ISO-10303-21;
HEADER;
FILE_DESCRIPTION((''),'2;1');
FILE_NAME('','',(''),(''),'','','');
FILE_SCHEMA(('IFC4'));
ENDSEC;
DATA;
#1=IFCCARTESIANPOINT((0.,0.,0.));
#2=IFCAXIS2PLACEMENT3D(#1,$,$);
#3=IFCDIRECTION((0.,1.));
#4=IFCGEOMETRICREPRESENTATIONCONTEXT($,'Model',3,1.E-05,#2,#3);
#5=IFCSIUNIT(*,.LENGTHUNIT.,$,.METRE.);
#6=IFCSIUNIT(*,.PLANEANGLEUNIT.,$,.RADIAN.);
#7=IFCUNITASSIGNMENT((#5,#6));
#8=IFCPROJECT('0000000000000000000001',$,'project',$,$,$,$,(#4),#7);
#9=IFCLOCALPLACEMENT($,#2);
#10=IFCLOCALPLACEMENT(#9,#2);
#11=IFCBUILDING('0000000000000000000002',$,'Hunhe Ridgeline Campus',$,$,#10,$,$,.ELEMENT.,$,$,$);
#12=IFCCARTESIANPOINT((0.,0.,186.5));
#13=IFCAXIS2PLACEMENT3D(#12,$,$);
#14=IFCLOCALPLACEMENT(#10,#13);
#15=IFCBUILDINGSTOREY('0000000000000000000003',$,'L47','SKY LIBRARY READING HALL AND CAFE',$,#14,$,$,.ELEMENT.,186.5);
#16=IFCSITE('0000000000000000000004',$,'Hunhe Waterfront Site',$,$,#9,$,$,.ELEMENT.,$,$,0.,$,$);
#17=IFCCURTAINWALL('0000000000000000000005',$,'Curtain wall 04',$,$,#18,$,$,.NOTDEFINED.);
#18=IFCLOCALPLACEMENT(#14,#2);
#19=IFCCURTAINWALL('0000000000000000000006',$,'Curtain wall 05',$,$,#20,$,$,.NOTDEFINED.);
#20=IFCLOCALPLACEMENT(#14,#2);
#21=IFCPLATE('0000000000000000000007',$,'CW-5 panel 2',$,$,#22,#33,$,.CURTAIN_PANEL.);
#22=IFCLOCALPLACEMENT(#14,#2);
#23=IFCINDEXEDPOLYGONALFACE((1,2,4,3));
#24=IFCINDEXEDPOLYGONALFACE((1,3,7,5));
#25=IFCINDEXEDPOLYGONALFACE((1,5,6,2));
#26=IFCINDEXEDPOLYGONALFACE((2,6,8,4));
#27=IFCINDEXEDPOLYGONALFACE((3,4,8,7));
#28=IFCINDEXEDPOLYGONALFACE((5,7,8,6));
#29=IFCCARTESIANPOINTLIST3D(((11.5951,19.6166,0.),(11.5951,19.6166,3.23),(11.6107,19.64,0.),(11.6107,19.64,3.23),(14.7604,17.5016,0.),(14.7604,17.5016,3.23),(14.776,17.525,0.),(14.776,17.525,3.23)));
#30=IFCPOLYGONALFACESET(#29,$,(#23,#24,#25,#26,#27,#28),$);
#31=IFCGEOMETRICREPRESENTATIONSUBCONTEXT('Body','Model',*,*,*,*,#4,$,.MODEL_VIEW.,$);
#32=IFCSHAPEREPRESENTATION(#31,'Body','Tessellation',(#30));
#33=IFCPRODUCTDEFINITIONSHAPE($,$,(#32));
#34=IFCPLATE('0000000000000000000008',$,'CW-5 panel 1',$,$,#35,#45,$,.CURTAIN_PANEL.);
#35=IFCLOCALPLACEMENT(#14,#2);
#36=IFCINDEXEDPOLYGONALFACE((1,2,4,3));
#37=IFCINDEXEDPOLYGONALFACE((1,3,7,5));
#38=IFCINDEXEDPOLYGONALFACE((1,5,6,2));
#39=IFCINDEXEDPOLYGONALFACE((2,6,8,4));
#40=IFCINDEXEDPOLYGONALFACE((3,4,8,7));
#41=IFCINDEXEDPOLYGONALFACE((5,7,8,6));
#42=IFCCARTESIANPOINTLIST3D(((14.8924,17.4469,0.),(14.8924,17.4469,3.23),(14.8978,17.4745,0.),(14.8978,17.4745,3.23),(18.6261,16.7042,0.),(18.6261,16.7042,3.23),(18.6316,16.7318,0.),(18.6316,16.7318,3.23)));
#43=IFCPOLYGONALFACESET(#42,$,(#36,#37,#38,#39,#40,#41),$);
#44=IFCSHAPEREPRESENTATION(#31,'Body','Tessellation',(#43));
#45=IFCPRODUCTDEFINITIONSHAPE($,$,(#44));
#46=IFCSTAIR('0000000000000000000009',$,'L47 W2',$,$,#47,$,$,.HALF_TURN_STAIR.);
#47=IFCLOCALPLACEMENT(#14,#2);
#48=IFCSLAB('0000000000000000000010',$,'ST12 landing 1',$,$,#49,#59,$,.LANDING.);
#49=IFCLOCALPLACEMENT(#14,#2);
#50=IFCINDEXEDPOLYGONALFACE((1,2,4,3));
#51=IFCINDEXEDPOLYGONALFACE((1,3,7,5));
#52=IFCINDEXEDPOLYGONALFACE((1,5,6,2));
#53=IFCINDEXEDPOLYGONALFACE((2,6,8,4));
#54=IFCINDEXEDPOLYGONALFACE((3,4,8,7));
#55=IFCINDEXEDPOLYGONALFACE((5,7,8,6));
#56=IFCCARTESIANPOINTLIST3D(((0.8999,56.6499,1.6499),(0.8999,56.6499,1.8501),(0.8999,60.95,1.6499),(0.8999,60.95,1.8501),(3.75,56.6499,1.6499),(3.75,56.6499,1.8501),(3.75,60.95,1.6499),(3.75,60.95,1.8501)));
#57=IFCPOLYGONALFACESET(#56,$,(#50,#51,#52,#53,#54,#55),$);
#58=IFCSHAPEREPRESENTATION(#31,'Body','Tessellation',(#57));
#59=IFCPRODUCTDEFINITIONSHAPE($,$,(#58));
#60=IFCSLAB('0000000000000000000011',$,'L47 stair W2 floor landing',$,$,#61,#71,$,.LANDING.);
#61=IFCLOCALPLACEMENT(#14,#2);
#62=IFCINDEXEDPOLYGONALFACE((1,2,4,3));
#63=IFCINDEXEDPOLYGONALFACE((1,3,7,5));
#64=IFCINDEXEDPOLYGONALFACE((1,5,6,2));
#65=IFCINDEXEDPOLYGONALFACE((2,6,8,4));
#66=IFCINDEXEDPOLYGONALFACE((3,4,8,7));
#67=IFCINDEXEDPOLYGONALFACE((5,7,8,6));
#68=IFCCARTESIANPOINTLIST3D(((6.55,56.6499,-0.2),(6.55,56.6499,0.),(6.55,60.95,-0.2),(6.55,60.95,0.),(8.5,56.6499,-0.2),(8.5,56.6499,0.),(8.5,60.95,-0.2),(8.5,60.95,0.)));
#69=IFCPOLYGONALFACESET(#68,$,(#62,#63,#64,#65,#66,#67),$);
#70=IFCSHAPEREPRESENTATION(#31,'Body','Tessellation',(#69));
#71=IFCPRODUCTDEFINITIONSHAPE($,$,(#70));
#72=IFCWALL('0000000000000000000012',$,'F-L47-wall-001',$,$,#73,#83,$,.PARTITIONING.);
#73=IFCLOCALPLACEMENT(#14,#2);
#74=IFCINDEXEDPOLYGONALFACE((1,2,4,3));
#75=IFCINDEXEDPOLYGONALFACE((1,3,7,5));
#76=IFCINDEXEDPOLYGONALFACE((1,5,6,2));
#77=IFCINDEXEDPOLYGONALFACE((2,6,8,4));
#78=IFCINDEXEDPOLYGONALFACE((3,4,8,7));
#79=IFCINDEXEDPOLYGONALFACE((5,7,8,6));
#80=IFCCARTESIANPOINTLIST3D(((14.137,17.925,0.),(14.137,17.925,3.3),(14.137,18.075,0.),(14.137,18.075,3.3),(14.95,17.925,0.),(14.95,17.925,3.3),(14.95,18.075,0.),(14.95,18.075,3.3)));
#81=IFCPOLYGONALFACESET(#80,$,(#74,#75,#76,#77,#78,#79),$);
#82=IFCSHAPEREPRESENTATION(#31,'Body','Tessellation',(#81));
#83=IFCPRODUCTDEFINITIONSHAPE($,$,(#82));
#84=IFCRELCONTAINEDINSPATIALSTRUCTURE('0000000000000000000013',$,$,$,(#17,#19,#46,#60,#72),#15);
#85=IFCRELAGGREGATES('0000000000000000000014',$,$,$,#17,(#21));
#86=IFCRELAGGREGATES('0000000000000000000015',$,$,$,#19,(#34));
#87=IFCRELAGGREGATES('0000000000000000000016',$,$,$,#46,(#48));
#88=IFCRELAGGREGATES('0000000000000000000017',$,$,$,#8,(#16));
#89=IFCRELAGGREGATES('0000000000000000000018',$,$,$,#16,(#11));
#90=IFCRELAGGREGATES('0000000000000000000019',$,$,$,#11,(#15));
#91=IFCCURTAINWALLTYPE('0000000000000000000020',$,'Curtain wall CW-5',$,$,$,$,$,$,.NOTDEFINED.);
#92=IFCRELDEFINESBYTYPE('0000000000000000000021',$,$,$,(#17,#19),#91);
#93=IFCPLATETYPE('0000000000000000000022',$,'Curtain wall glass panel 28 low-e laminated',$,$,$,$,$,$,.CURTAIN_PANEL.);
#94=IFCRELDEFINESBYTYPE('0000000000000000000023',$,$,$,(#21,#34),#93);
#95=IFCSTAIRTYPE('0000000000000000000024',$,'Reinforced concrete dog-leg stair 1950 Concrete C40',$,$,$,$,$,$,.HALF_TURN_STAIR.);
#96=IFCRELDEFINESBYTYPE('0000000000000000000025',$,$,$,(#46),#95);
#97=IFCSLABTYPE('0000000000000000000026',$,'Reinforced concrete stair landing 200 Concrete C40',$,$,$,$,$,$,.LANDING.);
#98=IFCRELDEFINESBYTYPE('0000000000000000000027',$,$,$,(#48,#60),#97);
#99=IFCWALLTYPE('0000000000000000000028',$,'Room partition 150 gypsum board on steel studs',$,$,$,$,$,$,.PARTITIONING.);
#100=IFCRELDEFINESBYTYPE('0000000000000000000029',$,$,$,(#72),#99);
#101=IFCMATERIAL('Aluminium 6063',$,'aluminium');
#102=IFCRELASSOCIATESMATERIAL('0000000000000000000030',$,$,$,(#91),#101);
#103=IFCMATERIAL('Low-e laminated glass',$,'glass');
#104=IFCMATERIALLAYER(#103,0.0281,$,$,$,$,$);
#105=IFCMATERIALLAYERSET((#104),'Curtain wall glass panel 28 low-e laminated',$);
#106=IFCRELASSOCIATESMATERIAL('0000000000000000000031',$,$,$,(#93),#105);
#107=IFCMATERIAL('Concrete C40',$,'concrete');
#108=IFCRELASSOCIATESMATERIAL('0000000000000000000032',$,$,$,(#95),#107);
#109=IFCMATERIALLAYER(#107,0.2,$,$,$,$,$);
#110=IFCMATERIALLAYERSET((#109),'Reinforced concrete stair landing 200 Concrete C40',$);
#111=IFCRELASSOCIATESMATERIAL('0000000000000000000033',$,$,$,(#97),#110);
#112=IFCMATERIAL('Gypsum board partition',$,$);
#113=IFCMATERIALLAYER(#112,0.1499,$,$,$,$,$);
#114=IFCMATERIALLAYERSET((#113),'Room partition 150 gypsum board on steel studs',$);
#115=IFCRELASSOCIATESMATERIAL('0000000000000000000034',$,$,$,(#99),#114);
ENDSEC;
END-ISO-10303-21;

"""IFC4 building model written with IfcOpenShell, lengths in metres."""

from ifc_helpers import new_model, si_unit, direction, frame, frame_2d, origin, origin_2d, place, context, subcontext, project, spatial, polyline, rectangle, outline, extrude, material, layer, layer_set, type_object, element, aggregate, save


model = new_model("IFC4")

# Units and contexts
model_context = context("Model", 3, precision=1e-05, world=origin(), true_north=direction((0.0, 1.0)))
body_context = subcontext(model_context, "Body", "Model", "MODEL_VIEW")
ifc_project = project(units=[si_unit("LENGTHUNIT", "METRE"), si_unit("PLANEANGLEUNIT", "RADIAN")], contexts=[model_context])

# Site, building, storey
site_placement = place(None, origin())
site = spatial("IfcSite", under=ifc_project, at=site_placement, Name="Hunhe Waterfront Site", CompositionType="ELEMENT", RefElevation=0.0)
building_placement = place(site_placement, origin())
building = spatial("IfcBuilding", under=site, at=building_placement, Name="Hunhe Ridgeline Campus", CompositionType="ELEMENT")
storey_placement = place(building_placement, frame((0.0, 0.0, 186.5)))
storey = spatial("IfcBuildingStorey", under=building, at=storey_placement, Name="L47", Description="SKY LIBRARY READING HALL AND CAFE", CompositionType="ELEMENT", Elevation=186.5)

# Curtain wall
ifc_material_1 = material(Name="Aluminium 6063", Category="aluminium")
curtain_wall_type = type_object("IfcCurtainWallType", Name="Curtain wall CW-5", PredefinedType="NOTDEFINED", material=ifc_material_1)
curtain_wall_1_placement = place(storey_placement, origin())
curtain_wall_1 = element("IfcCurtainWall", 1, at=curtain_wall_1_placement, inside=storey, type_object=curtain_wall_type, Name="Curtain wall 04", PredefinedType="NOTDEFINED")

# Curtain wall
curtain_wall_2_placement = place(storey_placement, origin())
curtain_wall_2 = element("IfcCurtainWall", 2, at=curtain_wall_2_placement, inside=storey, type_object=curtain_wall_type, Name="Curtain wall 05", PredefinedType="NOTDEFINED")

# Plates
ifc_material_2 = material(Name="Low-e laminated glass", Category="glass")
ifc_layer_1 = layer(ifc_material_2, 0.0281)
ifc_layer_set_1 = layer_set([ifc_layer_1], Name="Curtain wall glass panel 28 low-e laminated")
plate_type = type_object("IfcPlateType", Name="Curtain wall glass panel 28 low-e laminated", PredefinedType="CURTAIN_PANEL", material=ifc_layer_set_1)
plate_1_placement = place(storey_placement, frame((13.1855, 18.5708, 0.0), z_axis=(0.0, 0.0, 1.0), x_axis=(0.83147, -0.55557, 0.0)))
plate_1 = element("IfcPlate", 3, at=plate_1_placement, type_object=plate_type, Name="CW-5 panel 2", PredefinedType="CURTAIN_PANEL", context=body_context, shape_type="SweptSolid", body=[
    extrude(rectangle(XDim=3.8069, YDim=0.0281, at=origin_2d()), origin(), (0.0, 0.0, 1.0), 3.23),
])
aggregate(curtain_wall_1, [plate_1])
plate_2_placement = place(storey_placement, frame((16.762, 17.0894, 0.0), z_axis=(0.0, 0.0, 1.0), x_axis=(0.980785, -0.19509, 0.0)))
plate_2 = element("IfcPlate", 4, at=plate_2_placement, type_object=plate_type, Name="CW-5 panel 1", PredefinedType="CURTAIN_PANEL", context=body_context, shape_type="SweptSolid", body=[
    extrude(rectangle(XDim=3.8069, YDim=0.0281, at=origin_2d()), origin(), (0.0, 0.0, 1.0), 3.23),
])
aggregate(curtain_wall_2, [plate_2])

# Stair, slab
ifc_material_3 = material(Name="Concrete C40", Category="concrete")
stair_type = type_object("IfcStairType", Name="Reinforced concrete dog-leg stair 1950 Concrete C40", PredefinedType="HALF_TURN_STAIR", material=ifc_material_3)
stair_placement = place(storey_placement, origin())
stair = element("IfcStair", 5, at=stair_placement, inside=storey, type_object=stair_type, Name="L47 W2", PredefinedType="HALF_TURN_STAIR")
ifc_layer_2 = layer(ifc_material_3, 0.2)
ifc_layer_set_2 = layer_set([ifc_layer_2], Name="Reinforced concrete stair landing 200 Concrete C40")
slab_type = type_object("IfcSlabType", Name="Reinforced concrete stair landing 200 Concrete C40", PredefinedType="LANDING", material=ifc_layer_set_2)
slab_1_placement = place(storey_placement, frame((0.0, 0.0, 1.6499)))
slab_1 = element("IfcSlab", 6, at=slab_1_placement, type_object=slab_type, Name="ST12 landing 1", PredefinedType="LANDING", context=body_context, shape_type="SweptSolid", body=[
    extrude(outline(polyline([(3.75, 60.95), (0.8999, 60.95), (0.8999, 56.6499), (3.75, 56.6499), (3.75, 60.95)])), origin(), (0.0, 0.0, 1.0), 0.2002),
])
aggregate(stair, [slab_1])

# Slab
slab_2_placement = place(storey_placement, frame((0.0, 0.0, -0.2)))
element("IfcSlab", 7, at=slab_2_placement, inside=storey, type_object=slab_type, Name="L47 stair W2 floor landing", PredefinedType="LANDING", context=body_context, shape_type="SweptSolid", body=[
    extrude(outline(polyline([(8.5, 60.95), (6.55, 60.95), (6.55, 56.6499), (8.5, 56.6499), (8.5, 60.95)])), origin(), (0.0, 0.0, 1.0), 0.2),
])

# Shared definitions
ifc_material_4 = material(Name="Gypsum board partition")

# Wall
ifc_layer_3 = layer(ifc_material_4, 0.1499)
ifc_layer_set_3 = layer_set([ifc_layer_3], Name="Room partition 150 gypsum board on steel studs")
wall_type_1 = type_object("IfcWallType", Name="Room partition 150 gypsum board on steel studs", PredefinedType="PARTITIONING", material=ifc_layer_set_3)
wall_1_placement = place(storey_placement, frame((14.137, 18.0, 0.0), z_axis=(0.0, 0.0, 1.0), x_axis=(1.0, 0.0, 0.0)))
element("IfcWall", 8, at=wall_1_placement, inside=storey, type_object=wall_type_1, Name="F-L47-wall-001", PredefinedType="PARTITIONING", context=body_context, shape_type="SweptSolid", body=[
    extrude(rectangle(XDim=0.813, YDim=0.1499, at=frame_2d((0.4065, 0.0))), origin(), (0.0, 0.0, 1.0), 3.3),
])

save(model, "model.ifc")
